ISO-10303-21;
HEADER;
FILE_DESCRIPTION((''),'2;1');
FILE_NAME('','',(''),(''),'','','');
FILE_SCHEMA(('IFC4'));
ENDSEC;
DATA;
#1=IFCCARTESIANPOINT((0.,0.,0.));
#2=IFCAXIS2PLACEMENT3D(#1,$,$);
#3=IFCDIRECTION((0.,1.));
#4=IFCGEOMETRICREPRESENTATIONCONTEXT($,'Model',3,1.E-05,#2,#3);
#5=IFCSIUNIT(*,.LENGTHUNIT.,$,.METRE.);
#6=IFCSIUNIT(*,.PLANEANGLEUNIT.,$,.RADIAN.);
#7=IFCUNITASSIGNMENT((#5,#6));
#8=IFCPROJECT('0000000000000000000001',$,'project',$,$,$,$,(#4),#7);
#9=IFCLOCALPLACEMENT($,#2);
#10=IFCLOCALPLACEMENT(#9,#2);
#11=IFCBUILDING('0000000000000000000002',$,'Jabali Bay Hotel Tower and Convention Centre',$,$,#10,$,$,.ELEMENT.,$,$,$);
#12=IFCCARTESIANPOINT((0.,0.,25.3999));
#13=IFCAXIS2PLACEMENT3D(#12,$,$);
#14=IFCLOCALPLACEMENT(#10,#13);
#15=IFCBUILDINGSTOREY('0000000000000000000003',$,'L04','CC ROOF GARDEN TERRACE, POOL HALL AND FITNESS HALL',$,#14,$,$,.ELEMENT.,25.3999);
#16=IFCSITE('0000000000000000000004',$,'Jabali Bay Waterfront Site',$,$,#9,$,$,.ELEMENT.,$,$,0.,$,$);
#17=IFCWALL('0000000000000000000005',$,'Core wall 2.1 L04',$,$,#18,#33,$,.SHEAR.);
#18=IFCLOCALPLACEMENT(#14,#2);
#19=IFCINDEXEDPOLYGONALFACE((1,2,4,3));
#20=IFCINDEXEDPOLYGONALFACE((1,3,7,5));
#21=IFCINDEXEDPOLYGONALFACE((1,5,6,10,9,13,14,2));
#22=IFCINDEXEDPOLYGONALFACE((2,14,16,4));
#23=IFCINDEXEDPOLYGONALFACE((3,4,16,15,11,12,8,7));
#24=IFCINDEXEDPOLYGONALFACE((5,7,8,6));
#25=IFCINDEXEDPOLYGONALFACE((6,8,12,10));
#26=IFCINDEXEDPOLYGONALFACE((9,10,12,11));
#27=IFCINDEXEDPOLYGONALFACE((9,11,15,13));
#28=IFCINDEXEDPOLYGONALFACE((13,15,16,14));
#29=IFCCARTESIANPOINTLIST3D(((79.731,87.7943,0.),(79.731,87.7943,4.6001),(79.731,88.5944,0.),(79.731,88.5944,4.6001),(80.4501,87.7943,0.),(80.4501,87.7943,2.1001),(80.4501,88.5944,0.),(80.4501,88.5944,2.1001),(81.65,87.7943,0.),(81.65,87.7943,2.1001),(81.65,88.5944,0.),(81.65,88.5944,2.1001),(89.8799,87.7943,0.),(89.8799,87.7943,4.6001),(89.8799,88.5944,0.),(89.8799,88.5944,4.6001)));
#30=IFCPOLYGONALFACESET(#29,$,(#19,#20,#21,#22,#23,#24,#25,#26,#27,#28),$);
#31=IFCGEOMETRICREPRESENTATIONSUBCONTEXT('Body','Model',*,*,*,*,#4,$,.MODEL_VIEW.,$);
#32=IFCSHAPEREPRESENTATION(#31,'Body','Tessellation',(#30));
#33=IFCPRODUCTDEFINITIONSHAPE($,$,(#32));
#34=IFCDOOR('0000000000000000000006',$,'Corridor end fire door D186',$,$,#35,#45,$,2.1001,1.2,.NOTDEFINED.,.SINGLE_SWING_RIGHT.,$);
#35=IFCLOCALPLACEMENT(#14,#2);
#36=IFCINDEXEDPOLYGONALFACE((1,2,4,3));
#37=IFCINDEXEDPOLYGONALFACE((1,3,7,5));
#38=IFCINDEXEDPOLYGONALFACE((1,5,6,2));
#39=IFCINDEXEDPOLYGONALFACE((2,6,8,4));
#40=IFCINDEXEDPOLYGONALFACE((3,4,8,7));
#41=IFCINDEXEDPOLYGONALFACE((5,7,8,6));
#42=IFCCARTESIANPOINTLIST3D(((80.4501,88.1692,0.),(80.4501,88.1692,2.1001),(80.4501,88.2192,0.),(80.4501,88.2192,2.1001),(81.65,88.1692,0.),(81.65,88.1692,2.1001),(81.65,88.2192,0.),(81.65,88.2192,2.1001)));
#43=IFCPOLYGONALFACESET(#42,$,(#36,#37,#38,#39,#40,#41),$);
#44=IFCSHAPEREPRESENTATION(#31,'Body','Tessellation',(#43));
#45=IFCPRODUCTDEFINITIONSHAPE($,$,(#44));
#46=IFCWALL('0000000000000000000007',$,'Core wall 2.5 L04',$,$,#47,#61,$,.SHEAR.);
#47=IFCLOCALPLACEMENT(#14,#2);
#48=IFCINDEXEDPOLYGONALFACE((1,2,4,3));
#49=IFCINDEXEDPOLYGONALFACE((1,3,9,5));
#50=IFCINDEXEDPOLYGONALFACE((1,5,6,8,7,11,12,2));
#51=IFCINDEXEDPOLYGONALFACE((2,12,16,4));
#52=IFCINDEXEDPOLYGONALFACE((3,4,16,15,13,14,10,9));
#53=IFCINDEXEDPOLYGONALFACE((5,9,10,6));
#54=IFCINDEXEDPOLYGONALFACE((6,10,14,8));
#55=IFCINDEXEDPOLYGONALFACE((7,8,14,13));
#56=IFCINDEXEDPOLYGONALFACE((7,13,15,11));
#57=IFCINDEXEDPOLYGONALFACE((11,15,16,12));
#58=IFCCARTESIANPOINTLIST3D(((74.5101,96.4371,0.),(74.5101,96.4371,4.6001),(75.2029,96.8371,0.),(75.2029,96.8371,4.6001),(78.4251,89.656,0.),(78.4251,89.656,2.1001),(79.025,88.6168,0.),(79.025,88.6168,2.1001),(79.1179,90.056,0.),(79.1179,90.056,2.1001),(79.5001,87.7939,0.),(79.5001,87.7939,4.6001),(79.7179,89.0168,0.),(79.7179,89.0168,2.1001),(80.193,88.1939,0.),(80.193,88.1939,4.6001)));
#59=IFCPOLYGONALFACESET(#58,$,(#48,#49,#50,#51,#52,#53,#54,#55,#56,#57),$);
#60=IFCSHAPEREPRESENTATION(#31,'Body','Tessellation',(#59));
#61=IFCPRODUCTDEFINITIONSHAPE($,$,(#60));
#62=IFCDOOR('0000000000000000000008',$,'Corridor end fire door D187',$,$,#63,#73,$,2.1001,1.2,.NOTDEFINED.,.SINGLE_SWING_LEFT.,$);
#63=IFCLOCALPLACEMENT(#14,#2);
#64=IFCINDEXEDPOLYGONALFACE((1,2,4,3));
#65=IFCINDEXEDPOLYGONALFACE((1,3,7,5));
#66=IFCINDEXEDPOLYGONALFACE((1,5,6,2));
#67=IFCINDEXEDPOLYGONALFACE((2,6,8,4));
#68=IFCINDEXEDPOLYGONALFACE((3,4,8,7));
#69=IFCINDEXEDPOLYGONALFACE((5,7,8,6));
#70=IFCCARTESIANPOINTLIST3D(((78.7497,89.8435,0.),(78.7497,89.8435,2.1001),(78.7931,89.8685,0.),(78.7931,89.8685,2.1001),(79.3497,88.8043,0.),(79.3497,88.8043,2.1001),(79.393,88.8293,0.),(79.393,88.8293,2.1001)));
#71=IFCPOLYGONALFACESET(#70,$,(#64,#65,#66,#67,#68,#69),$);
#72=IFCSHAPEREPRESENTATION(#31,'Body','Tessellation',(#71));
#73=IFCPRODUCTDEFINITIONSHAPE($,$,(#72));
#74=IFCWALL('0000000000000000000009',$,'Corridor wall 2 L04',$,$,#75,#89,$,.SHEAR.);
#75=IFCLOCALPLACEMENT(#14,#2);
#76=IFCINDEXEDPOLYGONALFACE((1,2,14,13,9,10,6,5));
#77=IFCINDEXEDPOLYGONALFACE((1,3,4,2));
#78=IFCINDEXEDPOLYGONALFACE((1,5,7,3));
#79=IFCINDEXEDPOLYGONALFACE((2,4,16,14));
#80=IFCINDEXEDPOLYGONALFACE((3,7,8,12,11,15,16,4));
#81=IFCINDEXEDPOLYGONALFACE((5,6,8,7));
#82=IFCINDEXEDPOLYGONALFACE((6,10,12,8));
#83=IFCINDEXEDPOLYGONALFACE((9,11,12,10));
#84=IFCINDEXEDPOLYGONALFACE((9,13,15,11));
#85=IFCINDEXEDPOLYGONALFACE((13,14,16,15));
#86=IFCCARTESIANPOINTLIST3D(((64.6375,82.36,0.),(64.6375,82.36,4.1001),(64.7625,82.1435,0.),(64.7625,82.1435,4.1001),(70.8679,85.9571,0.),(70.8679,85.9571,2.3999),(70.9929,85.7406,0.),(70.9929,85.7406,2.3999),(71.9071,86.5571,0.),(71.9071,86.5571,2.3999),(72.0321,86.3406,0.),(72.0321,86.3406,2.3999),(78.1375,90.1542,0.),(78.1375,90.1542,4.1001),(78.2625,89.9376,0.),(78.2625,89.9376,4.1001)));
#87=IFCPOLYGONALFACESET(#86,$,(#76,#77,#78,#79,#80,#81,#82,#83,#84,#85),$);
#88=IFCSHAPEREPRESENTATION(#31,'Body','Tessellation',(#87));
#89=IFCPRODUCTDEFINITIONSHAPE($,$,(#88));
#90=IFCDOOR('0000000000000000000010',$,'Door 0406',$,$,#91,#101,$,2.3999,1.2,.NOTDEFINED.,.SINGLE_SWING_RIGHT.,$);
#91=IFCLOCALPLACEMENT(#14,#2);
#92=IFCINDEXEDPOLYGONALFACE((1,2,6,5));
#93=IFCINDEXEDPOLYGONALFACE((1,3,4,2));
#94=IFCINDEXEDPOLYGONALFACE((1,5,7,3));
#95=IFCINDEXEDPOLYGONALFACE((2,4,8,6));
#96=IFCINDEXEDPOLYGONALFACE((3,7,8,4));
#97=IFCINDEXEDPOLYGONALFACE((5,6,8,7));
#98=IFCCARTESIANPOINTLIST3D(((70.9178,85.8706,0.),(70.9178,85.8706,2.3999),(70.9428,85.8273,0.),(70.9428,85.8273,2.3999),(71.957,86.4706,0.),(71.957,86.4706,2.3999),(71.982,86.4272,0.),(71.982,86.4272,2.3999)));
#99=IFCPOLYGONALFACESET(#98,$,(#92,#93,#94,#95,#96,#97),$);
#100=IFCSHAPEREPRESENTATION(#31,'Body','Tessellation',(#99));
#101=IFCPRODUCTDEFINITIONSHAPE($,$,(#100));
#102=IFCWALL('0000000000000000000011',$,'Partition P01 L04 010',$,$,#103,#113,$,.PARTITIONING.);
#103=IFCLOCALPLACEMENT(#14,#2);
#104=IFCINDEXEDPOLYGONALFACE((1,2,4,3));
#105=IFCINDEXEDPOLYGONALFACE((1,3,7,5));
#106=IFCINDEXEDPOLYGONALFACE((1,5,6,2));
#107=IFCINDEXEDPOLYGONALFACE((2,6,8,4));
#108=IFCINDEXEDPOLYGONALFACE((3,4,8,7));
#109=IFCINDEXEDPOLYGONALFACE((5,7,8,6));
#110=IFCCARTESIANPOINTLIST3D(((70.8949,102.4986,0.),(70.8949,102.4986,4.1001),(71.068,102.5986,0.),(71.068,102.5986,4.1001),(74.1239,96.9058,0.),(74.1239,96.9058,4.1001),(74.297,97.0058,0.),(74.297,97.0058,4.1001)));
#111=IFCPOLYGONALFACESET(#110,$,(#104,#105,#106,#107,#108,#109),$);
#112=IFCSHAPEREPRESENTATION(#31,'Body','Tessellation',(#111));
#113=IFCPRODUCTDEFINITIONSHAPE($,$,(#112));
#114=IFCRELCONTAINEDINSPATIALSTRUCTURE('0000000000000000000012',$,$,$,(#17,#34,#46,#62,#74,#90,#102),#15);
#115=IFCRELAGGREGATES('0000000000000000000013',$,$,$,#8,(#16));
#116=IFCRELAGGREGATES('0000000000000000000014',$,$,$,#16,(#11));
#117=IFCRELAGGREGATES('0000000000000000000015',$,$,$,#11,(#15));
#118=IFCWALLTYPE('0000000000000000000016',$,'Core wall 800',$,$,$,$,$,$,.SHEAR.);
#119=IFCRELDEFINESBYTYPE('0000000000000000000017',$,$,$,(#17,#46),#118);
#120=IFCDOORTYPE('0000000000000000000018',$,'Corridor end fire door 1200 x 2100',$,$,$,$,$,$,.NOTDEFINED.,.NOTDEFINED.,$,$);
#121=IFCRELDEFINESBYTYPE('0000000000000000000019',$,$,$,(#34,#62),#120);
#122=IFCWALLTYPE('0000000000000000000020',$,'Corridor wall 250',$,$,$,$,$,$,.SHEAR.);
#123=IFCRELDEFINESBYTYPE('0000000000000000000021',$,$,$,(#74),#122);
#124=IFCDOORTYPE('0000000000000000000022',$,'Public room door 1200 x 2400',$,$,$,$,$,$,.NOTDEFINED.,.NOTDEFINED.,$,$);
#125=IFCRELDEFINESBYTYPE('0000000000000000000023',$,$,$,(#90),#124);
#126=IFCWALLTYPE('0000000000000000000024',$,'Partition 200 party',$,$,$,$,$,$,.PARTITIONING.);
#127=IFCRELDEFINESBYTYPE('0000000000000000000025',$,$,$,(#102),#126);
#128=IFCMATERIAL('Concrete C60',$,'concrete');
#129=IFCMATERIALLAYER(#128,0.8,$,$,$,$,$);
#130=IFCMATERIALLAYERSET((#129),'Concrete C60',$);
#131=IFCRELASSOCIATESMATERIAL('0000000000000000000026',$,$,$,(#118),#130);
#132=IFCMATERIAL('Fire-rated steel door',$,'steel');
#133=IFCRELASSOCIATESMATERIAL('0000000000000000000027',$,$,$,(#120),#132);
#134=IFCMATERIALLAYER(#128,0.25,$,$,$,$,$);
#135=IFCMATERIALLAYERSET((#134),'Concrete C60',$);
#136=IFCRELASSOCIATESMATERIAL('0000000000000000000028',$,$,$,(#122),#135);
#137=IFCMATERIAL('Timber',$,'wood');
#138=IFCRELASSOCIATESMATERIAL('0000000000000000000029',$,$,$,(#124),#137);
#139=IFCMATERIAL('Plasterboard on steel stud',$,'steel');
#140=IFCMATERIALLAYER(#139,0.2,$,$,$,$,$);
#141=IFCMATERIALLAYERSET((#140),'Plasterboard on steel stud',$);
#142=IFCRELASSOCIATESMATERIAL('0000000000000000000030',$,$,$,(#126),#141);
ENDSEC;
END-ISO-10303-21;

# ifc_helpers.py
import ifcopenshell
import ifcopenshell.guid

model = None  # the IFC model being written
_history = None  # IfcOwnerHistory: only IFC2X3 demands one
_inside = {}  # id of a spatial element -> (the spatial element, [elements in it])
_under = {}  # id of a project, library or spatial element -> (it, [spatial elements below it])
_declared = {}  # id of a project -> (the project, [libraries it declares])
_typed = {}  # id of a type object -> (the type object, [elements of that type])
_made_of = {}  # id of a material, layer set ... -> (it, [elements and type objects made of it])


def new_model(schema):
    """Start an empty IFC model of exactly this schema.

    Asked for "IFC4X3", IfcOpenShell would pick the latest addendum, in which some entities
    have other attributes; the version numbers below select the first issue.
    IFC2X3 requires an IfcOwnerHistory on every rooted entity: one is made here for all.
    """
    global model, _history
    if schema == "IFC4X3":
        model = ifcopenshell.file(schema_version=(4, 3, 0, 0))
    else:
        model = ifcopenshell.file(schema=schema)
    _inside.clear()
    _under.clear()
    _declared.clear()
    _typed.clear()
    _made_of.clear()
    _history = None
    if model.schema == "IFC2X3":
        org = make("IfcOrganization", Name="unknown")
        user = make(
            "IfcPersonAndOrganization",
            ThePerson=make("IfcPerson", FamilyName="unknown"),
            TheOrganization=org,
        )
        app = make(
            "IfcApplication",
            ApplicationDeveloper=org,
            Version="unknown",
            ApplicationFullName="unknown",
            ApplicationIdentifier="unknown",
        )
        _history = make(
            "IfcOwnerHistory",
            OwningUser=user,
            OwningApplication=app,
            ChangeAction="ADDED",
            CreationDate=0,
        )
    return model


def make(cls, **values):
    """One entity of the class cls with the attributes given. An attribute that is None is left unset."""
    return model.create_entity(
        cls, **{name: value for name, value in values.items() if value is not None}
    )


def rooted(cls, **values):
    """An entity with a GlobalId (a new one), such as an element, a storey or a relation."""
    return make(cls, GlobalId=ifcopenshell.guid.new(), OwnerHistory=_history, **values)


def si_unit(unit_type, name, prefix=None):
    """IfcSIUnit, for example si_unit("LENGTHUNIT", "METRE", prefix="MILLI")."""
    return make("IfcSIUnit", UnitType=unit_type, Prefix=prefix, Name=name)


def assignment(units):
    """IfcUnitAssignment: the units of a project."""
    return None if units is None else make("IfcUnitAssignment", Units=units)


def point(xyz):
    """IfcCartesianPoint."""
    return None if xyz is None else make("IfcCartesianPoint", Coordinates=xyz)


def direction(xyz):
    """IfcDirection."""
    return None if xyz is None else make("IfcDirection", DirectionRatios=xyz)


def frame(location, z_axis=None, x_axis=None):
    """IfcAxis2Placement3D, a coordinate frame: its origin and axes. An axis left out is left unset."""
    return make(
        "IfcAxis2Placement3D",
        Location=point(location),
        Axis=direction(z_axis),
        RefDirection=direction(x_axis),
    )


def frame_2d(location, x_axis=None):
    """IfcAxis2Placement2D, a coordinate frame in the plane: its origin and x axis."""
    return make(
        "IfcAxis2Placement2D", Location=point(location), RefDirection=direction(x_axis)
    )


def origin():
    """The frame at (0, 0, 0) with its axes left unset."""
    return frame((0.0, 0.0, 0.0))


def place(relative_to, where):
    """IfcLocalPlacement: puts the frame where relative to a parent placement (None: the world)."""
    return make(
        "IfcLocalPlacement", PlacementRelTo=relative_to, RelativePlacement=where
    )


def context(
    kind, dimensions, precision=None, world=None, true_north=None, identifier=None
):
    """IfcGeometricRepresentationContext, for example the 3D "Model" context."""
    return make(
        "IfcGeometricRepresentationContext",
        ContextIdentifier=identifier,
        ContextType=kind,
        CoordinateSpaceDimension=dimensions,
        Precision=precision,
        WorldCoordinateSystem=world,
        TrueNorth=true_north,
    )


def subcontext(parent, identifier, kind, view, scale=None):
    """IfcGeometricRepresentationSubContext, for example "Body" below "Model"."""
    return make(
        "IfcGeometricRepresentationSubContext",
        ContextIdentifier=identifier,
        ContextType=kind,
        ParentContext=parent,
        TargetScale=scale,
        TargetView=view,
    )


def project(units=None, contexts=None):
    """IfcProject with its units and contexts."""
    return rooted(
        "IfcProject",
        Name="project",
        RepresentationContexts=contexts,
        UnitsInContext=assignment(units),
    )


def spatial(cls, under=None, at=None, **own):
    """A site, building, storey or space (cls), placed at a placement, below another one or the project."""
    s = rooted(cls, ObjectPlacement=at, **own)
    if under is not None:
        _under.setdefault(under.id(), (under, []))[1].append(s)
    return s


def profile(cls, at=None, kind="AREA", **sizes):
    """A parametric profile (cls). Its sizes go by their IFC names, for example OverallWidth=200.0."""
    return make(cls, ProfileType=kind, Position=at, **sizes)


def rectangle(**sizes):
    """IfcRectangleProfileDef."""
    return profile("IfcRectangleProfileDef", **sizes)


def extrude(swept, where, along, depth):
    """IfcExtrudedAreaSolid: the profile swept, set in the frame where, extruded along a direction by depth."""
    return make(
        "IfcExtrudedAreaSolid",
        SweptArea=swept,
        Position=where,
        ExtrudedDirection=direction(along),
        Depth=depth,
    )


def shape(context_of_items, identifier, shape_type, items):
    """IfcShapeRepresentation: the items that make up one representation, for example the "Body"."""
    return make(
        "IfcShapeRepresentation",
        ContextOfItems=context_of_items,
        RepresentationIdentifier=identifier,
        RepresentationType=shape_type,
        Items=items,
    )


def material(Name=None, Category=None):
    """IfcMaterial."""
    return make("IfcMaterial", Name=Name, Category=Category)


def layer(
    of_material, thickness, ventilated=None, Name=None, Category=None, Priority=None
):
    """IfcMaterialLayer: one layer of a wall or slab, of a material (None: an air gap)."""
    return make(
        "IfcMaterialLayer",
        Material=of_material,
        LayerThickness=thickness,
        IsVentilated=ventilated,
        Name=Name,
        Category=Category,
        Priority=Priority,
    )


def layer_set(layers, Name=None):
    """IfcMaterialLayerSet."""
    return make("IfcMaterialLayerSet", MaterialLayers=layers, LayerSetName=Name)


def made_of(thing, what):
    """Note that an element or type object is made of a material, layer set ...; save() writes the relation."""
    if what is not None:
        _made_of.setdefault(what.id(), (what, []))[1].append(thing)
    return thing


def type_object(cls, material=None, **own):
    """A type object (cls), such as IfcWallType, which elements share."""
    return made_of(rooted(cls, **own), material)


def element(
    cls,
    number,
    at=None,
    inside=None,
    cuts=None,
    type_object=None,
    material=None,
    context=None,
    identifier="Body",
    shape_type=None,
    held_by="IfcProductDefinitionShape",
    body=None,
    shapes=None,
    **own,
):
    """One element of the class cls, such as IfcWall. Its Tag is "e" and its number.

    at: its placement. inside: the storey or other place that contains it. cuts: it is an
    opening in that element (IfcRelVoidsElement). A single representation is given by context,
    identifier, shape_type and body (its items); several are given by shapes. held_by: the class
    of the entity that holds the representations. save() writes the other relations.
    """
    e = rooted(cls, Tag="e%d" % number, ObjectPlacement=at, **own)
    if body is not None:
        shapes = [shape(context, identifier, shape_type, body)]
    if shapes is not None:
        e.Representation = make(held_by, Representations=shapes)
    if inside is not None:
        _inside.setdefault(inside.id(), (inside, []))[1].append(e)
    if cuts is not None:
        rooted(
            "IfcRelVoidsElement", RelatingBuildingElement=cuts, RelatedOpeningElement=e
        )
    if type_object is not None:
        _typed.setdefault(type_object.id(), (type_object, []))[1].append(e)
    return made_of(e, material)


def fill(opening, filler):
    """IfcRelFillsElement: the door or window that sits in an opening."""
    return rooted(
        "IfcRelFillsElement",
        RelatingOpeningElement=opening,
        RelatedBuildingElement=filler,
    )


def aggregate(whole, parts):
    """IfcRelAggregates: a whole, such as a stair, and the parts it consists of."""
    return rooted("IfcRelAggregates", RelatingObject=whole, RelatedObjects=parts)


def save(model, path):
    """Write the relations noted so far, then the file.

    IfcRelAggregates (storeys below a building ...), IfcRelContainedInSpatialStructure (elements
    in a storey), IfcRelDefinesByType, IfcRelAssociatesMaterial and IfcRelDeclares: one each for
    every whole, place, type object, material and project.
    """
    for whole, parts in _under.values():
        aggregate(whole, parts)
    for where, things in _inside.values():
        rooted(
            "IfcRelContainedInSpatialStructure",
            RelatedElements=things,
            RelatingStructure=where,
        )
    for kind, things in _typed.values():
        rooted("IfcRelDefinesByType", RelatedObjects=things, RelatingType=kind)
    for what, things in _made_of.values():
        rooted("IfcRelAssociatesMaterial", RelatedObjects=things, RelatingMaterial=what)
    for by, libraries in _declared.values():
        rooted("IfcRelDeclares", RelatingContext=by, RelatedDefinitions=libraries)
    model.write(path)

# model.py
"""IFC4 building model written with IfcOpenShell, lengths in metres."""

from ifc_helpers import new_model, si_unit, direction, frame, frame_2d, origin, place, context, subcontext, project, spatial, rectangle, extrude, material, layer, layer_set, type_object, element, fill, save


model = new_model("IFC4")

# Units and contexts
model_context = context("Model", 3, precision=1e-05, world=origin(), true_north=direction((0.0, 1.0)))
body_context = subcontext(model_context, "Body", "Model", "MODEL_VIEW")
ifc_project = project(units=[si_unit("LENGTHUNIT", "METRE"), si_unit("PLANEANGLEUNIT", "RADIAN")], contexts=[model_context])

# Site, building, storey
site_placement = place(None, origin())
site = spatial("IfcSite", under=ifc_project, at=site_placement, Name="Jabali Bay Waterfront Site", CompositionType="ELEMENT", RefElevation=0.0)
building_placement = place(site_placement, origin())
building = spatial("IfcBuilding", under=site, at=building_placement, Name="Jabali Bay Hotel Tower and Convention Centre", CompositionType="ELEMENT")
storey_placement = place(building_placement, frame((0.0, 0.0, 25.3999)))
storey = spatial("IfcBuildingStorey", under=building, at=storey_placement, Name="L04", Description="CC ROOF GARDEN TERRACE, POOL HALL AND FITNESS HALL", CompositionType="ELEMENT", Elevation=25.3999)

# Shared definitions
ifc_material_1 = material(Name="Fire-rated steel door", Category="steel")

# Walls, openings, doors
ifc_material_2 = material(Name="Concrete C60", Category="concrete")
ifc_layer_1 = layer(ifc_material_2, 0.8)
ifc_layer_set_1 = layer_set([ifc_layer_1], Name="Concrete C60")
wall_type_1 = type_object("IfcWallType", Name="Core wall 800", PredefinedType="SHEAR", material=ifc_layer_set_1)
door_type_1 = type_object("IfcDoorType", Name="Corridor end fire door 1200 x 2100", OperationType="NOTDEFINED", PredefinedType="NOTDEFINED", material=ifc_material_1)
wall_1_placement = place(storey_placement, frame((79.731, 88.1943, 0.0), z_axis=(0.0, 0.0, 1.0), x_axis=(1.0, 0.0, 0.0)))
wall_1 = element("IfcWall", 1, at=wall_1_placement, inside=storey, type_object=wall_type_1, Name="Core wall 2.1 L04", PredefinedType="SHEAR", context=body_context, shape_type="SweptSolid", body=[
    extrude(rectangle(XDim=10.1489, YDim=0.8, at=frame_2d((5.0745, 0.0))), origin(), (0.0, 0.0, 1.0), 4.6001),
])
opening_1_placement = place(wall_1_placement, frame((0.719, 0.0, 0.0)))
opening_1 = element("IfcOpeningElement", 2, at=opening_1_placement, cuts=wall_1, PredefinedType="OPENING", context=body_context, shape_type="SweptSolid", body=[
    extrude(rectangle(XDim=1.2, YDim=2.1001, at=frame_2d((0.6001, 1.05))), frame((0.0, 0.4106, 0.0), z_axis=(0.0, -1.0, 0.0), x_axis=(1.0, 0.0, 0.0)), (0.0, 0.0, 1.0), 0.821),
])
door_1_placement = place(opening_1_placement, origin())
door_1 = element("IfcDoor", 3, at=door_1_placement, inside=storey, type_object=door_type_1, Name="Corridor end fire door D186", OperationType="SINGLE_SWING_RIGHT", OverallHeight=2.1001, OverallWidth=1.2, PredefinedType="NOTDEFINED", context=body_context, shape_type="SweptSolid", body=[
    extrude(rectangle(XDim=1.2, YDim=2.1001, at=frame_2d((0.6001, 1.05))), frame((0.0, 0.0249, 0.0), z_axis=(0.0, -1.0, 0.0), x_axis=(1.0, 0.0, 0.0)), (0.0, 0.0, 1.0), 0.05),
])
fill(opening_1, door_1)
wall_2_placement = place(storey_placement, frame((74.8564, 96.6372, 0.0), z_axis=(0.0, 0.0, 1.0), x_axis=(0.499994, -0.866029, 0.0)))
wall_2 = element("IfcWall", 4, at=wall_2_placement, inside=storey, type_object=wall_type_1, Name="Core wall 2.5 L04", PredefinedType="SHEAR", context=body_context, shape_type="SweptSolid", body=[
    extrude(rectangle(XDim=9.9802, YDim=0.8, at=frame_2d((4.9902, 0.0))), origin(), (0.0, 0.0, 1.0), 4.6001),
])
opening_2_placement = place(wall_2_placement, frame((7.8301, 0.0, 0.0)))
opening_2 = element("IfcOpeningElement", 5, at=opening_2_placement, cuts=wall_2, PredefinedType="OPENING", context=body_context, shape_type="SweptSolid", body=[
    extrude(rectangle(XDim=1.2, YDim=2.1001, at=frame_2d((0.6001, 1.05))), frame((0.0, 0.4106, 0.0), z_axis=(0.0, -1.0, 0.0), x_axis=(1.0, 0.0, 0.0)), (0.0, 0.0, 1.0), 0.821),
])
door_2_placement = place(opening_2_placement, origin())
door_2 = element("IfcDoor", 6, at=door_2_placement, inside=storey, type_object=door_type_1, Name="Corridor end fire door D187", OperationType="SINGLE_SWING_LEFT", OverallHeight=2.1001, OverallWidth=1.2, PredefinedType="NOTDEFINED", context=body_context, shape_type="SweptSolid", body=[
    extrude(rectangle(XDim=1.2, YDim=2.1001, at=frame_2d((0.6001, 1.05))), frame((0.0, 0.0249, 0.0), z_axis=(0.0, -1.0, 0.0), x_axis=(1.0, 0.0, 0.0)), (0.0, 0.0, 1.0), 0.05),
])
fill(opening_2, door_2)
ifc_layer_2 = layer(ifc_material_2, 0.25)
ifc_layer_set_2 = layer_set([ifc_layer_2], Name="Concrete C60")
wall_type_2 = type_object("IfcWallType", Name="Corridor wall 250", PredefinedType="SHEAR", material=ifc_layer_set_2)
wall_3_placement = place(storey_placement, frame((78.2, 90.0459, 0.0), z_axis=(0.0, 0.0, 1.0), x_axis=(-0.866026, -0.499998, 0.0)))
wall_3 = element("IfcWall", 7, at=wall_3_placement, inside=storey, type_object=wall_type_2, Name="Corridor wall 2 L04", PredefinedType="SHEAR", context=body_context, shape_type="SweptSolid", body=[
    extrude(rectangle(XDim=15.5884, YDim=0.25, at=frame_2d((7.7942, 0.0))), origin(), (0.0, 0.0, 1.0), 4.1001),
])
opening_3_placement = place(wall_3_placement, frame((7.1941, 0.0, 0.0)))
opening_3 = element("IfcOpeningElement", 8, at=opening_3_placement, cuts=wall_3, PredefinedType="OPENING", context=body_context, shape_type="SweptSolid", body=[
    extrude(rectangle(XDim=1.2, YDim=2.3999, at=frame_2d((0.6001, 1.2))), frame((0.0, 0.1355, 0.0), z_axis=(0.0, -1.0, 0.0), x_axis=(1.0, 0.0, 0.0)), (0.0, 0.0, 1.0), 0.271),
])
ifc_material_3 = material(Name="Timber", Category="wood")
door_type_2 = type_object("IfcDoorType", Name="Public room door 1200 x 2400", OperationType="NOTDEFINED", PredefinedType="NOTDEFINED", material=ifc_material_3)
door_3_placement = place(opening_3_placement, origin())
door_3 = element("IfcDoor", 9, at=door_3_placement, inside=storey, type_object=door_type_2, Name="Door 0406", OperationType="SINGLE_SWING_RIGHT", OverallHeight=2.3999, OverallWidth=1.2, PredefinedType="NOTDEFINED", context=body_context, shape_type="SweptSolid", body=[
    extrude(rectangle(XDim=1.2, YDim=2.3999, at=frame_2d((0.6001, 1.2))), frame((0.0, 0.0249, 0.0), z_axis=(0.0, -1.0, 0.0), x_axis=(1.0, 0.0, 0.0)), (0.0, 0.0, 1.0), 0.05),
])
fill(opening_3, door_3)

# Wall
ifc_material_4 = material(Name="Plasterboard on steel stud", Category="steel")
ifc_layer_3 = layer(ifc_material_4, 0.2)
ifc_layer_set_3 = layer_set([ifc_layer_3], Name="Plasterboard on steel stud")
wall_type_3 = type_object("IfcWallType", Name="Partition 200 party", PredefinedType="PARTITIONING", material=ifc_layer_set_3)
wall_4_placement = place(storey_placement, frame((74.2104, 96.9558, 0.0), z_axis=(0.0, 0.0, 1.0), x_axis=(-0.500002, 0.866024, 0.0)))
element("IfcWall", 10, at=wall_4_placement, inside=storey, type_object=wall_type_3, Name="Partition P01 L04 010", PredefinedType="PARTITIONING", context=body_context, shape_type="SweptSolid", body=[
    extrude(rectangle(XDim=6.458, YDim=0.2, at=frame_2d((3.229, 0.0))), origin(), (0.0, 0.0, 1.0), 4.1001),
])

save(model, "model.ifc")
